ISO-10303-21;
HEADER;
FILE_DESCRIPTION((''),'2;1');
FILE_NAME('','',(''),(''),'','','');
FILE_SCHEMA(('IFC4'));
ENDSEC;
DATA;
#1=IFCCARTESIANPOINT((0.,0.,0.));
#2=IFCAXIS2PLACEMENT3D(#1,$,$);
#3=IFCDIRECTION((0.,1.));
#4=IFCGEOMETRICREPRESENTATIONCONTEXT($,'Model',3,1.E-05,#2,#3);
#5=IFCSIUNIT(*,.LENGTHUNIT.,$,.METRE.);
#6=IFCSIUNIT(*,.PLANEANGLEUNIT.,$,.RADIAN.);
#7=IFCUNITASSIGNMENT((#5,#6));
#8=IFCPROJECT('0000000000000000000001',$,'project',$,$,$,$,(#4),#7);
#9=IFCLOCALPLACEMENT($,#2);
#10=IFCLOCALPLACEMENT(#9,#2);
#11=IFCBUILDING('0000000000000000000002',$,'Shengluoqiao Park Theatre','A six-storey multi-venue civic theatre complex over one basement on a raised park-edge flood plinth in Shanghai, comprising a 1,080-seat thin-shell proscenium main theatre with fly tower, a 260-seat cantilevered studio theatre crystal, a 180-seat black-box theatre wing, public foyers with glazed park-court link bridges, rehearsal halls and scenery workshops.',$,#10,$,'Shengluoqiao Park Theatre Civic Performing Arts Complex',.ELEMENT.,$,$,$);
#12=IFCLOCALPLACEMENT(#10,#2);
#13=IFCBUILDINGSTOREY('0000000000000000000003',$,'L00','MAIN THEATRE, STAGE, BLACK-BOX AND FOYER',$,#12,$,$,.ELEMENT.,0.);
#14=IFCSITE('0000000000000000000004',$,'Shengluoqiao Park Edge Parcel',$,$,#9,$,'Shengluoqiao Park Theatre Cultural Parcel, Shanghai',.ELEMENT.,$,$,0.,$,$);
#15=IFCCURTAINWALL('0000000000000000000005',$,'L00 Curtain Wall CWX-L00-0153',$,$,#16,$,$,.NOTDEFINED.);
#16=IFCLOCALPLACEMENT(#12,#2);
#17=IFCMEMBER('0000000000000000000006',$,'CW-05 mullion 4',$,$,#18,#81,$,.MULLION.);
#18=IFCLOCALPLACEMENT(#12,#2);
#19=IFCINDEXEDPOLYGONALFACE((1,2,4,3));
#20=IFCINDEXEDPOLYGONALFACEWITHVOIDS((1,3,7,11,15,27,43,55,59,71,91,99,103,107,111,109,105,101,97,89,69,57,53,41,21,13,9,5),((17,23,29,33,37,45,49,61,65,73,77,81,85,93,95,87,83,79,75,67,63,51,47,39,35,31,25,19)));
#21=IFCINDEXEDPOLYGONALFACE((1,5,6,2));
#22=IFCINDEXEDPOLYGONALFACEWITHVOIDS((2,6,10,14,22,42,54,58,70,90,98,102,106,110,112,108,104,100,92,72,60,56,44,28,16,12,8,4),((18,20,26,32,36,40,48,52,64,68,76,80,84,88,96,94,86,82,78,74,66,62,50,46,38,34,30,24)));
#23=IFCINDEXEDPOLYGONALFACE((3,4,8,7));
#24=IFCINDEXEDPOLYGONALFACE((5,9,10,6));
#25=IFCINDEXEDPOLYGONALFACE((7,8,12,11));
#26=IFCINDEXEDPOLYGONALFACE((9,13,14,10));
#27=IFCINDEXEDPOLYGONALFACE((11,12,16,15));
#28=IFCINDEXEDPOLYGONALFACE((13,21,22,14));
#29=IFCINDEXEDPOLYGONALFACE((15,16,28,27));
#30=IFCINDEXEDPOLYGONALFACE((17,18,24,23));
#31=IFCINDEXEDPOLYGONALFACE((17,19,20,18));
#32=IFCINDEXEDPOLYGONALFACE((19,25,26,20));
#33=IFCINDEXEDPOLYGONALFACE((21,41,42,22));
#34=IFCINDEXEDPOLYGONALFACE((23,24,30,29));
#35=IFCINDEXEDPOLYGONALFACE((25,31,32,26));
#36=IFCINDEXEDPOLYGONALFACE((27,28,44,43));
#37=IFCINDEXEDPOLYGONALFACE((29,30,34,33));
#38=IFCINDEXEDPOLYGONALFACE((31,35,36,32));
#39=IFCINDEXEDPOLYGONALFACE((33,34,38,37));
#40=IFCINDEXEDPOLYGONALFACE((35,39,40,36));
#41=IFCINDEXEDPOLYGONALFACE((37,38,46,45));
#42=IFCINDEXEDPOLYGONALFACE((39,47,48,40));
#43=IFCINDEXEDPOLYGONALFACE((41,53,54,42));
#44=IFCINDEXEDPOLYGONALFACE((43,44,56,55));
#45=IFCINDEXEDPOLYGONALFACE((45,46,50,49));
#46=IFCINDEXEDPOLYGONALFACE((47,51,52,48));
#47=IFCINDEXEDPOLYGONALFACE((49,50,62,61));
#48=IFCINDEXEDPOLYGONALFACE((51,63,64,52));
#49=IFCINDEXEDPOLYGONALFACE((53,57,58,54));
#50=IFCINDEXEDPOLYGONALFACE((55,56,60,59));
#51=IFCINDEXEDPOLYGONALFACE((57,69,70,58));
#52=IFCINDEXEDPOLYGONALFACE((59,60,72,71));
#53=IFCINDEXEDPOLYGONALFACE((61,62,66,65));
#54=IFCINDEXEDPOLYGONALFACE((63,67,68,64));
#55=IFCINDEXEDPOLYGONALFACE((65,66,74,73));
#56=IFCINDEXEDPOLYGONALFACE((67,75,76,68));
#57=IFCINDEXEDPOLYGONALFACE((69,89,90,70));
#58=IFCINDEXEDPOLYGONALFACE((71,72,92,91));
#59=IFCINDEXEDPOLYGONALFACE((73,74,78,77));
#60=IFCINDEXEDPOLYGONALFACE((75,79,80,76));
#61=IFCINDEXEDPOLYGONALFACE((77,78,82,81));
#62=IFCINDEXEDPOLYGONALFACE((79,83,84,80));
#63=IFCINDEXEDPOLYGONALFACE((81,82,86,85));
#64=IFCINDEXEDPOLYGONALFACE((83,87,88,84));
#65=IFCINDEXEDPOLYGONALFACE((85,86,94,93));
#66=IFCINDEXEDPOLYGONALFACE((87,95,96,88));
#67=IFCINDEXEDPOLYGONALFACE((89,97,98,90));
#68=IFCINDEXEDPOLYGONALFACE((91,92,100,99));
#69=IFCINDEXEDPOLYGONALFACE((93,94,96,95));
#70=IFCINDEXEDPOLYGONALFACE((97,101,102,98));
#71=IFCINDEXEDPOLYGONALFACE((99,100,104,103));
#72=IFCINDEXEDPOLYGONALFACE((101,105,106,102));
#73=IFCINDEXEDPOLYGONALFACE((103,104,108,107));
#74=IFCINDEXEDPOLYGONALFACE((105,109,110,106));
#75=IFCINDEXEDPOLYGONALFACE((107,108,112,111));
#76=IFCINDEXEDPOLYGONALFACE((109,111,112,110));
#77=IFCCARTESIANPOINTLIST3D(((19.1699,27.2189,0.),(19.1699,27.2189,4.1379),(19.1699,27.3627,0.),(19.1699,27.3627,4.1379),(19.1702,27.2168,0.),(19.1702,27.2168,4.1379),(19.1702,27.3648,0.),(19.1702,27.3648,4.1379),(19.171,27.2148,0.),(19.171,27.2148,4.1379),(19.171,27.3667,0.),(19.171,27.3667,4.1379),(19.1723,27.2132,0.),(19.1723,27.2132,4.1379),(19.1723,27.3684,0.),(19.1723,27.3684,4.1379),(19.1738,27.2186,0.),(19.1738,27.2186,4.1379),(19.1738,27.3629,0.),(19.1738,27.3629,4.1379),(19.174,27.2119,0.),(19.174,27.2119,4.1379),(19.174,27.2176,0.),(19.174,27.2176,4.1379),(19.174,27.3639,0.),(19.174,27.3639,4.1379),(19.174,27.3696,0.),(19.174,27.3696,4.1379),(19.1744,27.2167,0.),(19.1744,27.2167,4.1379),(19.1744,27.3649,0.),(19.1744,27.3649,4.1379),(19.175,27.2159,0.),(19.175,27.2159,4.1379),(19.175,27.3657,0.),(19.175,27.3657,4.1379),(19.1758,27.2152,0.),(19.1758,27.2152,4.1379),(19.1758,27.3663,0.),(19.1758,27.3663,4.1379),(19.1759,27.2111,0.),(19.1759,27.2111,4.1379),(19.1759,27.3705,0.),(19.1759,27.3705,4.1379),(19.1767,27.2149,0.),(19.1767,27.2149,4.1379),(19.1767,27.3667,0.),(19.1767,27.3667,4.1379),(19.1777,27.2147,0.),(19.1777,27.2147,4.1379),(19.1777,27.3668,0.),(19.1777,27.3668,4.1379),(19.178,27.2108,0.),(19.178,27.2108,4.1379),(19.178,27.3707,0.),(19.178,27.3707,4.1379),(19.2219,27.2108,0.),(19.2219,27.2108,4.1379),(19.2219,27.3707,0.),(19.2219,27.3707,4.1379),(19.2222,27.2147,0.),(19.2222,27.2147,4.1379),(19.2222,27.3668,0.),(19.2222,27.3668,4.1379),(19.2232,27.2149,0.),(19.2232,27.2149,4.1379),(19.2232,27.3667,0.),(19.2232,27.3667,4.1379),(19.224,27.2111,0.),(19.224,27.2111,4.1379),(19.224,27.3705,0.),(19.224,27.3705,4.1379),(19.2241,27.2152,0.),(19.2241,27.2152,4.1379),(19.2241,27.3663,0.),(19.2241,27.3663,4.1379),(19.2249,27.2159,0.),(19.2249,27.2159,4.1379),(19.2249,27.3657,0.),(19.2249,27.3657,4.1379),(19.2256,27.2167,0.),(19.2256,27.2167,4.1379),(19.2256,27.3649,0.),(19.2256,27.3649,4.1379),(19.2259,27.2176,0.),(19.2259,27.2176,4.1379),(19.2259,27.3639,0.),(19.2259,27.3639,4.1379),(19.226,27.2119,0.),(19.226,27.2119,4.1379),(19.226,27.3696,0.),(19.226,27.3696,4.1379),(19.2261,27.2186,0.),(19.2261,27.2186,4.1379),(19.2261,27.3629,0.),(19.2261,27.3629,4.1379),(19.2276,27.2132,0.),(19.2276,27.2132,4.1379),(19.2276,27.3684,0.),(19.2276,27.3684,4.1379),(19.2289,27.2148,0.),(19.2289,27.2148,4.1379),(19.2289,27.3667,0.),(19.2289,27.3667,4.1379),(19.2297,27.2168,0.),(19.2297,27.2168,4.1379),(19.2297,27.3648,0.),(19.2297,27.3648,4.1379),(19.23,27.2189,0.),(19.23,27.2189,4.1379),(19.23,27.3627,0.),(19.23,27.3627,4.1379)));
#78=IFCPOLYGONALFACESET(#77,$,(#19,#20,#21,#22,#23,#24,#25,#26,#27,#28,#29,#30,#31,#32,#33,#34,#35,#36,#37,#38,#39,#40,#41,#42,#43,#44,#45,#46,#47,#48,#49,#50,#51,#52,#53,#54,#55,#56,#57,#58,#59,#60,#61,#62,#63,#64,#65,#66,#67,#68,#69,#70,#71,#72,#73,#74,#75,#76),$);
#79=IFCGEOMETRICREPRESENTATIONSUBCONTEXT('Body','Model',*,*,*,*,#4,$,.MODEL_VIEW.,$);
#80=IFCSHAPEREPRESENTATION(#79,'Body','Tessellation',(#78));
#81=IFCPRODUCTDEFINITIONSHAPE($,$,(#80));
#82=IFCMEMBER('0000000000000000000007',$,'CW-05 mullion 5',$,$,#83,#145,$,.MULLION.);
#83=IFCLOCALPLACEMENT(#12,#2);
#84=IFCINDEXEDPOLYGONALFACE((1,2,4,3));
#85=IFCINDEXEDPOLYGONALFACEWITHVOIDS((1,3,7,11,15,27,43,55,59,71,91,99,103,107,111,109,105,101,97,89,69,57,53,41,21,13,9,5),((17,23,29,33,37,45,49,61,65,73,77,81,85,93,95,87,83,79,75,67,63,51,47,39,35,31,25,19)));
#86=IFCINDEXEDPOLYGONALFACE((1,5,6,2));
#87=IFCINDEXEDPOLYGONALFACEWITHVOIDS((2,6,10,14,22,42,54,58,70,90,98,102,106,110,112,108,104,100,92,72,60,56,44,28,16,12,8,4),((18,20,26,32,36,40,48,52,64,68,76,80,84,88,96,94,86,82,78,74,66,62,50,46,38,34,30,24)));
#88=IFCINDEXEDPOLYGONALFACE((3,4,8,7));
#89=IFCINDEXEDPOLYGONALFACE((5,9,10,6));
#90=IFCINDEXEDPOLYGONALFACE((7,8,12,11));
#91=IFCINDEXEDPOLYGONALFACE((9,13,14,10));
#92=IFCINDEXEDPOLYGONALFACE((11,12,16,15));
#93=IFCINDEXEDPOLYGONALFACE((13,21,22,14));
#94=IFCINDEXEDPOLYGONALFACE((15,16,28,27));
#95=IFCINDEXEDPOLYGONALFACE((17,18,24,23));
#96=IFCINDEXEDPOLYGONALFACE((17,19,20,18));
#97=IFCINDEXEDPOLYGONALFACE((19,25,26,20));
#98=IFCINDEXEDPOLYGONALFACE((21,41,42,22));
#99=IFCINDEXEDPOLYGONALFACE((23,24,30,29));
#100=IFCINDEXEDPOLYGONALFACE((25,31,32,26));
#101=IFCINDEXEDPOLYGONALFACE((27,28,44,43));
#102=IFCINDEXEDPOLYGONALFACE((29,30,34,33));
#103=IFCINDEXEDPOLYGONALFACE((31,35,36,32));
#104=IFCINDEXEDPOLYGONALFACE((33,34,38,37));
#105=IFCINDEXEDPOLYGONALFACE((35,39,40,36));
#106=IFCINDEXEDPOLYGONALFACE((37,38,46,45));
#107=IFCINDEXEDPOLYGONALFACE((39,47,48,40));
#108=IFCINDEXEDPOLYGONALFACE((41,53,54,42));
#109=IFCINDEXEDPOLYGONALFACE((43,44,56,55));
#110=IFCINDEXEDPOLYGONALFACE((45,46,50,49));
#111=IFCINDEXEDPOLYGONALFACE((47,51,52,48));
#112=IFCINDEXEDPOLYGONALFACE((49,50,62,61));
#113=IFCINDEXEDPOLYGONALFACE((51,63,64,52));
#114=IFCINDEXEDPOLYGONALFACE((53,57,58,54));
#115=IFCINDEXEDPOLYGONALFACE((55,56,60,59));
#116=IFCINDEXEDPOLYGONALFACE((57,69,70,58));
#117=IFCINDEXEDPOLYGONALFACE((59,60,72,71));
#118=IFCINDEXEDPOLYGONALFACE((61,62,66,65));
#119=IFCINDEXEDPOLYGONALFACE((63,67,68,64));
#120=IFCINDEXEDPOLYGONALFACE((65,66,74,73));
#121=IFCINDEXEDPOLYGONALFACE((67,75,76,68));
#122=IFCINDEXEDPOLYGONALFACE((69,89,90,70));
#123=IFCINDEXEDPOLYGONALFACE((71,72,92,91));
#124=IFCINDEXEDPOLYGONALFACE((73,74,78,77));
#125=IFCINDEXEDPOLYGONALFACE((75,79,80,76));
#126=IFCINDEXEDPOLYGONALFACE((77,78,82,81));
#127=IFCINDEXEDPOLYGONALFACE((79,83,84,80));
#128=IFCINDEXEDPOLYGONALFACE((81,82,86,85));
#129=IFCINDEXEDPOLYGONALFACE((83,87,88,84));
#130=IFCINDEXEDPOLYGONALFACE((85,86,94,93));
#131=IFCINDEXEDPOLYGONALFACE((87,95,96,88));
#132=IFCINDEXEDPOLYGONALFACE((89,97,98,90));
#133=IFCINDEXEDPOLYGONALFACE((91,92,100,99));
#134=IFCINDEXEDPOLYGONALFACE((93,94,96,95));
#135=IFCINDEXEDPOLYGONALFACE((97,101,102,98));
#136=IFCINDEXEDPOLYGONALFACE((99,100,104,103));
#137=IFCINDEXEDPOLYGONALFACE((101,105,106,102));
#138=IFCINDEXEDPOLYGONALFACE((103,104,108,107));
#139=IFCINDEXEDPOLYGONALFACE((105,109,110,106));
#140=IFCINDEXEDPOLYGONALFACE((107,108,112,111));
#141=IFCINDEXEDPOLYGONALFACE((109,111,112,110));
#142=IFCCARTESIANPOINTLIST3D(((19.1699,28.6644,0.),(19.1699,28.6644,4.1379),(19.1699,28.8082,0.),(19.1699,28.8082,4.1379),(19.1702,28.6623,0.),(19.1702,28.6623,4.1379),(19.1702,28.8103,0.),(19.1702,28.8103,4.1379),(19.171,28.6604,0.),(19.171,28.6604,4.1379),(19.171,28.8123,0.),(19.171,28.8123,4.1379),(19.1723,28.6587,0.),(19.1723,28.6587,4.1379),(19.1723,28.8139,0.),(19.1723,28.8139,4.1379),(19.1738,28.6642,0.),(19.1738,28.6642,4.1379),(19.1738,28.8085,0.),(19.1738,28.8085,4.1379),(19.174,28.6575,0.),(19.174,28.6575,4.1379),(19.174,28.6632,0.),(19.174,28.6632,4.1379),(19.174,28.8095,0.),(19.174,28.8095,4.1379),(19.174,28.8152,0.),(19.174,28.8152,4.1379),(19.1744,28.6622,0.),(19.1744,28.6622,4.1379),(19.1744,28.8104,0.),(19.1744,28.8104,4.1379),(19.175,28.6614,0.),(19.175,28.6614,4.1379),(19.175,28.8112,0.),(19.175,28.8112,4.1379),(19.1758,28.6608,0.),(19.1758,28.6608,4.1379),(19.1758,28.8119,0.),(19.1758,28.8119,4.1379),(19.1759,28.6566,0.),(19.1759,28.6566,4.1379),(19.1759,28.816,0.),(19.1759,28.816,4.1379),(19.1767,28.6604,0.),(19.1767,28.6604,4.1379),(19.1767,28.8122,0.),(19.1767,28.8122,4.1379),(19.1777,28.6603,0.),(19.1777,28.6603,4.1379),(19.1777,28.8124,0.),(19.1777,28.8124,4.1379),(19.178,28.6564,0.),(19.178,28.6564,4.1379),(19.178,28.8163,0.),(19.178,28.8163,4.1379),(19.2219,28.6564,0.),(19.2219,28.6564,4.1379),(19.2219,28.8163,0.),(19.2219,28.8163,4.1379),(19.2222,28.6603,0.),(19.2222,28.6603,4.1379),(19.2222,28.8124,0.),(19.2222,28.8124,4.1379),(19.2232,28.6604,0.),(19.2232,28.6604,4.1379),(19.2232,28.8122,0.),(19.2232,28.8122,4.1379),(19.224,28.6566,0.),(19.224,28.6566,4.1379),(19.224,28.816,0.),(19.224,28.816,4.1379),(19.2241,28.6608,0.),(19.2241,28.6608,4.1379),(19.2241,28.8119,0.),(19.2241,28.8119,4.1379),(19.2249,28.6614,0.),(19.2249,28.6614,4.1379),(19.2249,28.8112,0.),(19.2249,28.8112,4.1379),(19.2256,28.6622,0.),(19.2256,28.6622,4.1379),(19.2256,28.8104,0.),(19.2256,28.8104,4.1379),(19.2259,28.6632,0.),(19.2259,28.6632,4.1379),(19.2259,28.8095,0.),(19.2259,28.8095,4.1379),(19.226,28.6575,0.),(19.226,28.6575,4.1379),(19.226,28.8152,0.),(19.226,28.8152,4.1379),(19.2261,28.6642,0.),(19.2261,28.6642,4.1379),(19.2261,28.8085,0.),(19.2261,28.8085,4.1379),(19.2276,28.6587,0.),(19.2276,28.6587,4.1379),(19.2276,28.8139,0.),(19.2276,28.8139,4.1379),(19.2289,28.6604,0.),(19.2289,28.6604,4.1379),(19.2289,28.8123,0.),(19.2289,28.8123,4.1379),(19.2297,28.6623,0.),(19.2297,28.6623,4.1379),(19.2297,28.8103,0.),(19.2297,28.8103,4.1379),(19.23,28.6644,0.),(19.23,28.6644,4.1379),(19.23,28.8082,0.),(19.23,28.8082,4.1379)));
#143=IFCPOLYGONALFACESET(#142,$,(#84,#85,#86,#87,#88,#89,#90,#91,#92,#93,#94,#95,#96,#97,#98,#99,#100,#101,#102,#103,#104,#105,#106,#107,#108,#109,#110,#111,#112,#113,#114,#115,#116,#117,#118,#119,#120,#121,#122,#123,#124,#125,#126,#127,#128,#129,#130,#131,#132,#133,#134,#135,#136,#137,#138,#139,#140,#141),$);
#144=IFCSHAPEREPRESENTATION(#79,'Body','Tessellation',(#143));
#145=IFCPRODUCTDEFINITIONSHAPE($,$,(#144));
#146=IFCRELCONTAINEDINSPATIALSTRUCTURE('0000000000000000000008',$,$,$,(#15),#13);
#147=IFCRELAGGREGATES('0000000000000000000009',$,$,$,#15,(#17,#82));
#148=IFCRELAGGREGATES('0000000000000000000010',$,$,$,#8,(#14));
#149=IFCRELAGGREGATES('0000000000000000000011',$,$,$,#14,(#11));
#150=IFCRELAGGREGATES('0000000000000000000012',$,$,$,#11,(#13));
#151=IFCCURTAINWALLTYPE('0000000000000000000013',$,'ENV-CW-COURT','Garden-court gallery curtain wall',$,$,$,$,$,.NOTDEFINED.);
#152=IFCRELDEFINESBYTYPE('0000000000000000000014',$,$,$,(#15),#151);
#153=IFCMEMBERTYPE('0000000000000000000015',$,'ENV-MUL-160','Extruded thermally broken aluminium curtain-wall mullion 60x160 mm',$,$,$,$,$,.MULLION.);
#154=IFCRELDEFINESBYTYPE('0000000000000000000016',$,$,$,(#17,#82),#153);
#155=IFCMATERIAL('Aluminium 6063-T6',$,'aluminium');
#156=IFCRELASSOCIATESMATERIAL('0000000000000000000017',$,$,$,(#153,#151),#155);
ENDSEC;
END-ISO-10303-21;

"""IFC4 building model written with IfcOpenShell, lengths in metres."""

from ifc_helpers import new_model, si_unit, direction, frame, origin, origin_2d, place, context, subcontext, project, spatial, hollow_rectangle, extrude, material, material_profile, profile_set, type_object, element, aggregate, save


model = new_model("IFC4")

# Units and contexts
model_context = context("Model", 3, precision=1e-05, world=origin(), true_north=direction((0.0, 1.0)))
body_context = subcontext(model_context, "Body", "Model", "MODEL_VIEW")
ifc_project = project(units=[si_unit("LENGTHUNIT", "METRE"), si_unit("PLANEANGLEUNIT", "RADIAN")], contexts=[model_context])

# Site, building, storey
site_placement = place(None, origin())
site = spatial("IfcSite", under=ifc_project, at=site_placement, Name="Shengluoqiao Park Edge Parcel", LongName="Shengluoqiao Park Theatre Cultural Parcel, Shanghai", CompositionType="ELEMENT", RefElevation=0.0)
building_placement = place(site_placement, origin())
building = spatial("IfcBuilding", under=site, at=building_placement, Name="Shengluoqiao Park Theatre", Description="A six-storey multi-venue civic theatre complex over one basement on a raised park-edge flood plinth in Shanghai, comprising a 1,080-seat thin-shell proscenium main theatre with fly tower, a 260-seat cantilevered studio theatre crystal, a 180-seat black-box theatre wing, public foyers with glazed park-court link bridges, rehearsal halls and scenery workshops.", LongName="Shengluoqiao Park Theatre Civic Performing Arts Complex", CompositionType="ELEMENT")
storey_placement = place(building_placement, origin())
storey = spatial("IfcBuildingStorey", under=building, at=storey_placement, Name="L00", Description="MAIN THEATRE, STAGE, BLACK-BOX AND FOYER", CompositionType="ELEMENT", Elevation=0.0)

# Shared definitions
ifc_material_1 = material(Name="Aluminium 6063-T6", Category="aluminium")
ifc_material_profile_1 = material_profile(ifc_material_1, hollow_rectangle(XDim=0.0601, YDim=0.1599, WallThickness=0.0039, InnerFilletRadius=0.0039, OuterFilletRadius=0.0081, at=origin_2d()), Name="ALU MULLION 160x60x4")
ifc_profile_set_1 = profile_set([ifc_material_profile_1], Name="Aluminium 6063-T6")
member_type_1 = type_object("IfcMemberType", Name="ENV-MUL-160", Description="Extruded thermally broken aluminium curtain-wall mullion 60x160 mm", PredefinedType="MULLION", material=ifc_profile_set_1)

# Curtain wall, members
curtain_wall_type_1 = type_object("IfcCurtainWallType", Name="ENV-CW-COURT", Description="Garden-court gallery curtain wall", PredefinedType="NOTDEFINED", material=ifc_material_1)
curtain_wall_1_placement = place(storey_placement, origin())
curtain_wall_1 = element("IfcCurtainWall", 1, at=curtain_wall_1_placement, inside=storey, type_object=curtain_wall_type_1, Name="L00 Curtain Wall CWX-L00-0153", PredefinedType="NOTDEFINED")
member_1_placement = place(storey_placement, frame((19.2, 27.2908, 0.0), z_axis=(0.0, 0.0, 1.0), x_axis=(-1.0, 0.0, 0.0)))
member_1 = element("IfcMember", 2, at=member_1_placement, type_object=member_type_1, Name="CW-05 mullion 4", PredefinedType="MULLION", context=body_context, shape_type="SweptSolid", body=[
    extrude(hollow_rectangle(XDim=0.0601, YDim=0.1599, WallThickness=0.0039, InnerFilletRadius=0.0039, OuterFilletRadius=0.0081, at=origin_2d()), origin(), (0.0, 0.0, 1.0), 4.1379),
])
member_2_placement = place(storey_placement, frame((19.2, 28.7363, 0.0), z_axis=(0.0, 0.0, 1.0), x_axis=(-1.0, 0.0, 0.0)))
member_2 = element("IfcMember", 3, at=member_2_placement, type_object=member_type_1, Name="CW-05 mullion 5", PredefinedType="MULLION", context=body_context, shape_type="SweptSolid", body=[
    extrude(hollow_rectangle(XDim=0.0601, YDim=0.1599, WallThickness=0.0039, InnerFilletRadius=0.0039, OuterFilletRadius=0.0081, at=origin_2d()), origin(), (0.0, 0.0, 1.0), 4.1379),
])
aggregate(curtain_wall_1, [member_1, member_2])

save(model, "model.ifc")
